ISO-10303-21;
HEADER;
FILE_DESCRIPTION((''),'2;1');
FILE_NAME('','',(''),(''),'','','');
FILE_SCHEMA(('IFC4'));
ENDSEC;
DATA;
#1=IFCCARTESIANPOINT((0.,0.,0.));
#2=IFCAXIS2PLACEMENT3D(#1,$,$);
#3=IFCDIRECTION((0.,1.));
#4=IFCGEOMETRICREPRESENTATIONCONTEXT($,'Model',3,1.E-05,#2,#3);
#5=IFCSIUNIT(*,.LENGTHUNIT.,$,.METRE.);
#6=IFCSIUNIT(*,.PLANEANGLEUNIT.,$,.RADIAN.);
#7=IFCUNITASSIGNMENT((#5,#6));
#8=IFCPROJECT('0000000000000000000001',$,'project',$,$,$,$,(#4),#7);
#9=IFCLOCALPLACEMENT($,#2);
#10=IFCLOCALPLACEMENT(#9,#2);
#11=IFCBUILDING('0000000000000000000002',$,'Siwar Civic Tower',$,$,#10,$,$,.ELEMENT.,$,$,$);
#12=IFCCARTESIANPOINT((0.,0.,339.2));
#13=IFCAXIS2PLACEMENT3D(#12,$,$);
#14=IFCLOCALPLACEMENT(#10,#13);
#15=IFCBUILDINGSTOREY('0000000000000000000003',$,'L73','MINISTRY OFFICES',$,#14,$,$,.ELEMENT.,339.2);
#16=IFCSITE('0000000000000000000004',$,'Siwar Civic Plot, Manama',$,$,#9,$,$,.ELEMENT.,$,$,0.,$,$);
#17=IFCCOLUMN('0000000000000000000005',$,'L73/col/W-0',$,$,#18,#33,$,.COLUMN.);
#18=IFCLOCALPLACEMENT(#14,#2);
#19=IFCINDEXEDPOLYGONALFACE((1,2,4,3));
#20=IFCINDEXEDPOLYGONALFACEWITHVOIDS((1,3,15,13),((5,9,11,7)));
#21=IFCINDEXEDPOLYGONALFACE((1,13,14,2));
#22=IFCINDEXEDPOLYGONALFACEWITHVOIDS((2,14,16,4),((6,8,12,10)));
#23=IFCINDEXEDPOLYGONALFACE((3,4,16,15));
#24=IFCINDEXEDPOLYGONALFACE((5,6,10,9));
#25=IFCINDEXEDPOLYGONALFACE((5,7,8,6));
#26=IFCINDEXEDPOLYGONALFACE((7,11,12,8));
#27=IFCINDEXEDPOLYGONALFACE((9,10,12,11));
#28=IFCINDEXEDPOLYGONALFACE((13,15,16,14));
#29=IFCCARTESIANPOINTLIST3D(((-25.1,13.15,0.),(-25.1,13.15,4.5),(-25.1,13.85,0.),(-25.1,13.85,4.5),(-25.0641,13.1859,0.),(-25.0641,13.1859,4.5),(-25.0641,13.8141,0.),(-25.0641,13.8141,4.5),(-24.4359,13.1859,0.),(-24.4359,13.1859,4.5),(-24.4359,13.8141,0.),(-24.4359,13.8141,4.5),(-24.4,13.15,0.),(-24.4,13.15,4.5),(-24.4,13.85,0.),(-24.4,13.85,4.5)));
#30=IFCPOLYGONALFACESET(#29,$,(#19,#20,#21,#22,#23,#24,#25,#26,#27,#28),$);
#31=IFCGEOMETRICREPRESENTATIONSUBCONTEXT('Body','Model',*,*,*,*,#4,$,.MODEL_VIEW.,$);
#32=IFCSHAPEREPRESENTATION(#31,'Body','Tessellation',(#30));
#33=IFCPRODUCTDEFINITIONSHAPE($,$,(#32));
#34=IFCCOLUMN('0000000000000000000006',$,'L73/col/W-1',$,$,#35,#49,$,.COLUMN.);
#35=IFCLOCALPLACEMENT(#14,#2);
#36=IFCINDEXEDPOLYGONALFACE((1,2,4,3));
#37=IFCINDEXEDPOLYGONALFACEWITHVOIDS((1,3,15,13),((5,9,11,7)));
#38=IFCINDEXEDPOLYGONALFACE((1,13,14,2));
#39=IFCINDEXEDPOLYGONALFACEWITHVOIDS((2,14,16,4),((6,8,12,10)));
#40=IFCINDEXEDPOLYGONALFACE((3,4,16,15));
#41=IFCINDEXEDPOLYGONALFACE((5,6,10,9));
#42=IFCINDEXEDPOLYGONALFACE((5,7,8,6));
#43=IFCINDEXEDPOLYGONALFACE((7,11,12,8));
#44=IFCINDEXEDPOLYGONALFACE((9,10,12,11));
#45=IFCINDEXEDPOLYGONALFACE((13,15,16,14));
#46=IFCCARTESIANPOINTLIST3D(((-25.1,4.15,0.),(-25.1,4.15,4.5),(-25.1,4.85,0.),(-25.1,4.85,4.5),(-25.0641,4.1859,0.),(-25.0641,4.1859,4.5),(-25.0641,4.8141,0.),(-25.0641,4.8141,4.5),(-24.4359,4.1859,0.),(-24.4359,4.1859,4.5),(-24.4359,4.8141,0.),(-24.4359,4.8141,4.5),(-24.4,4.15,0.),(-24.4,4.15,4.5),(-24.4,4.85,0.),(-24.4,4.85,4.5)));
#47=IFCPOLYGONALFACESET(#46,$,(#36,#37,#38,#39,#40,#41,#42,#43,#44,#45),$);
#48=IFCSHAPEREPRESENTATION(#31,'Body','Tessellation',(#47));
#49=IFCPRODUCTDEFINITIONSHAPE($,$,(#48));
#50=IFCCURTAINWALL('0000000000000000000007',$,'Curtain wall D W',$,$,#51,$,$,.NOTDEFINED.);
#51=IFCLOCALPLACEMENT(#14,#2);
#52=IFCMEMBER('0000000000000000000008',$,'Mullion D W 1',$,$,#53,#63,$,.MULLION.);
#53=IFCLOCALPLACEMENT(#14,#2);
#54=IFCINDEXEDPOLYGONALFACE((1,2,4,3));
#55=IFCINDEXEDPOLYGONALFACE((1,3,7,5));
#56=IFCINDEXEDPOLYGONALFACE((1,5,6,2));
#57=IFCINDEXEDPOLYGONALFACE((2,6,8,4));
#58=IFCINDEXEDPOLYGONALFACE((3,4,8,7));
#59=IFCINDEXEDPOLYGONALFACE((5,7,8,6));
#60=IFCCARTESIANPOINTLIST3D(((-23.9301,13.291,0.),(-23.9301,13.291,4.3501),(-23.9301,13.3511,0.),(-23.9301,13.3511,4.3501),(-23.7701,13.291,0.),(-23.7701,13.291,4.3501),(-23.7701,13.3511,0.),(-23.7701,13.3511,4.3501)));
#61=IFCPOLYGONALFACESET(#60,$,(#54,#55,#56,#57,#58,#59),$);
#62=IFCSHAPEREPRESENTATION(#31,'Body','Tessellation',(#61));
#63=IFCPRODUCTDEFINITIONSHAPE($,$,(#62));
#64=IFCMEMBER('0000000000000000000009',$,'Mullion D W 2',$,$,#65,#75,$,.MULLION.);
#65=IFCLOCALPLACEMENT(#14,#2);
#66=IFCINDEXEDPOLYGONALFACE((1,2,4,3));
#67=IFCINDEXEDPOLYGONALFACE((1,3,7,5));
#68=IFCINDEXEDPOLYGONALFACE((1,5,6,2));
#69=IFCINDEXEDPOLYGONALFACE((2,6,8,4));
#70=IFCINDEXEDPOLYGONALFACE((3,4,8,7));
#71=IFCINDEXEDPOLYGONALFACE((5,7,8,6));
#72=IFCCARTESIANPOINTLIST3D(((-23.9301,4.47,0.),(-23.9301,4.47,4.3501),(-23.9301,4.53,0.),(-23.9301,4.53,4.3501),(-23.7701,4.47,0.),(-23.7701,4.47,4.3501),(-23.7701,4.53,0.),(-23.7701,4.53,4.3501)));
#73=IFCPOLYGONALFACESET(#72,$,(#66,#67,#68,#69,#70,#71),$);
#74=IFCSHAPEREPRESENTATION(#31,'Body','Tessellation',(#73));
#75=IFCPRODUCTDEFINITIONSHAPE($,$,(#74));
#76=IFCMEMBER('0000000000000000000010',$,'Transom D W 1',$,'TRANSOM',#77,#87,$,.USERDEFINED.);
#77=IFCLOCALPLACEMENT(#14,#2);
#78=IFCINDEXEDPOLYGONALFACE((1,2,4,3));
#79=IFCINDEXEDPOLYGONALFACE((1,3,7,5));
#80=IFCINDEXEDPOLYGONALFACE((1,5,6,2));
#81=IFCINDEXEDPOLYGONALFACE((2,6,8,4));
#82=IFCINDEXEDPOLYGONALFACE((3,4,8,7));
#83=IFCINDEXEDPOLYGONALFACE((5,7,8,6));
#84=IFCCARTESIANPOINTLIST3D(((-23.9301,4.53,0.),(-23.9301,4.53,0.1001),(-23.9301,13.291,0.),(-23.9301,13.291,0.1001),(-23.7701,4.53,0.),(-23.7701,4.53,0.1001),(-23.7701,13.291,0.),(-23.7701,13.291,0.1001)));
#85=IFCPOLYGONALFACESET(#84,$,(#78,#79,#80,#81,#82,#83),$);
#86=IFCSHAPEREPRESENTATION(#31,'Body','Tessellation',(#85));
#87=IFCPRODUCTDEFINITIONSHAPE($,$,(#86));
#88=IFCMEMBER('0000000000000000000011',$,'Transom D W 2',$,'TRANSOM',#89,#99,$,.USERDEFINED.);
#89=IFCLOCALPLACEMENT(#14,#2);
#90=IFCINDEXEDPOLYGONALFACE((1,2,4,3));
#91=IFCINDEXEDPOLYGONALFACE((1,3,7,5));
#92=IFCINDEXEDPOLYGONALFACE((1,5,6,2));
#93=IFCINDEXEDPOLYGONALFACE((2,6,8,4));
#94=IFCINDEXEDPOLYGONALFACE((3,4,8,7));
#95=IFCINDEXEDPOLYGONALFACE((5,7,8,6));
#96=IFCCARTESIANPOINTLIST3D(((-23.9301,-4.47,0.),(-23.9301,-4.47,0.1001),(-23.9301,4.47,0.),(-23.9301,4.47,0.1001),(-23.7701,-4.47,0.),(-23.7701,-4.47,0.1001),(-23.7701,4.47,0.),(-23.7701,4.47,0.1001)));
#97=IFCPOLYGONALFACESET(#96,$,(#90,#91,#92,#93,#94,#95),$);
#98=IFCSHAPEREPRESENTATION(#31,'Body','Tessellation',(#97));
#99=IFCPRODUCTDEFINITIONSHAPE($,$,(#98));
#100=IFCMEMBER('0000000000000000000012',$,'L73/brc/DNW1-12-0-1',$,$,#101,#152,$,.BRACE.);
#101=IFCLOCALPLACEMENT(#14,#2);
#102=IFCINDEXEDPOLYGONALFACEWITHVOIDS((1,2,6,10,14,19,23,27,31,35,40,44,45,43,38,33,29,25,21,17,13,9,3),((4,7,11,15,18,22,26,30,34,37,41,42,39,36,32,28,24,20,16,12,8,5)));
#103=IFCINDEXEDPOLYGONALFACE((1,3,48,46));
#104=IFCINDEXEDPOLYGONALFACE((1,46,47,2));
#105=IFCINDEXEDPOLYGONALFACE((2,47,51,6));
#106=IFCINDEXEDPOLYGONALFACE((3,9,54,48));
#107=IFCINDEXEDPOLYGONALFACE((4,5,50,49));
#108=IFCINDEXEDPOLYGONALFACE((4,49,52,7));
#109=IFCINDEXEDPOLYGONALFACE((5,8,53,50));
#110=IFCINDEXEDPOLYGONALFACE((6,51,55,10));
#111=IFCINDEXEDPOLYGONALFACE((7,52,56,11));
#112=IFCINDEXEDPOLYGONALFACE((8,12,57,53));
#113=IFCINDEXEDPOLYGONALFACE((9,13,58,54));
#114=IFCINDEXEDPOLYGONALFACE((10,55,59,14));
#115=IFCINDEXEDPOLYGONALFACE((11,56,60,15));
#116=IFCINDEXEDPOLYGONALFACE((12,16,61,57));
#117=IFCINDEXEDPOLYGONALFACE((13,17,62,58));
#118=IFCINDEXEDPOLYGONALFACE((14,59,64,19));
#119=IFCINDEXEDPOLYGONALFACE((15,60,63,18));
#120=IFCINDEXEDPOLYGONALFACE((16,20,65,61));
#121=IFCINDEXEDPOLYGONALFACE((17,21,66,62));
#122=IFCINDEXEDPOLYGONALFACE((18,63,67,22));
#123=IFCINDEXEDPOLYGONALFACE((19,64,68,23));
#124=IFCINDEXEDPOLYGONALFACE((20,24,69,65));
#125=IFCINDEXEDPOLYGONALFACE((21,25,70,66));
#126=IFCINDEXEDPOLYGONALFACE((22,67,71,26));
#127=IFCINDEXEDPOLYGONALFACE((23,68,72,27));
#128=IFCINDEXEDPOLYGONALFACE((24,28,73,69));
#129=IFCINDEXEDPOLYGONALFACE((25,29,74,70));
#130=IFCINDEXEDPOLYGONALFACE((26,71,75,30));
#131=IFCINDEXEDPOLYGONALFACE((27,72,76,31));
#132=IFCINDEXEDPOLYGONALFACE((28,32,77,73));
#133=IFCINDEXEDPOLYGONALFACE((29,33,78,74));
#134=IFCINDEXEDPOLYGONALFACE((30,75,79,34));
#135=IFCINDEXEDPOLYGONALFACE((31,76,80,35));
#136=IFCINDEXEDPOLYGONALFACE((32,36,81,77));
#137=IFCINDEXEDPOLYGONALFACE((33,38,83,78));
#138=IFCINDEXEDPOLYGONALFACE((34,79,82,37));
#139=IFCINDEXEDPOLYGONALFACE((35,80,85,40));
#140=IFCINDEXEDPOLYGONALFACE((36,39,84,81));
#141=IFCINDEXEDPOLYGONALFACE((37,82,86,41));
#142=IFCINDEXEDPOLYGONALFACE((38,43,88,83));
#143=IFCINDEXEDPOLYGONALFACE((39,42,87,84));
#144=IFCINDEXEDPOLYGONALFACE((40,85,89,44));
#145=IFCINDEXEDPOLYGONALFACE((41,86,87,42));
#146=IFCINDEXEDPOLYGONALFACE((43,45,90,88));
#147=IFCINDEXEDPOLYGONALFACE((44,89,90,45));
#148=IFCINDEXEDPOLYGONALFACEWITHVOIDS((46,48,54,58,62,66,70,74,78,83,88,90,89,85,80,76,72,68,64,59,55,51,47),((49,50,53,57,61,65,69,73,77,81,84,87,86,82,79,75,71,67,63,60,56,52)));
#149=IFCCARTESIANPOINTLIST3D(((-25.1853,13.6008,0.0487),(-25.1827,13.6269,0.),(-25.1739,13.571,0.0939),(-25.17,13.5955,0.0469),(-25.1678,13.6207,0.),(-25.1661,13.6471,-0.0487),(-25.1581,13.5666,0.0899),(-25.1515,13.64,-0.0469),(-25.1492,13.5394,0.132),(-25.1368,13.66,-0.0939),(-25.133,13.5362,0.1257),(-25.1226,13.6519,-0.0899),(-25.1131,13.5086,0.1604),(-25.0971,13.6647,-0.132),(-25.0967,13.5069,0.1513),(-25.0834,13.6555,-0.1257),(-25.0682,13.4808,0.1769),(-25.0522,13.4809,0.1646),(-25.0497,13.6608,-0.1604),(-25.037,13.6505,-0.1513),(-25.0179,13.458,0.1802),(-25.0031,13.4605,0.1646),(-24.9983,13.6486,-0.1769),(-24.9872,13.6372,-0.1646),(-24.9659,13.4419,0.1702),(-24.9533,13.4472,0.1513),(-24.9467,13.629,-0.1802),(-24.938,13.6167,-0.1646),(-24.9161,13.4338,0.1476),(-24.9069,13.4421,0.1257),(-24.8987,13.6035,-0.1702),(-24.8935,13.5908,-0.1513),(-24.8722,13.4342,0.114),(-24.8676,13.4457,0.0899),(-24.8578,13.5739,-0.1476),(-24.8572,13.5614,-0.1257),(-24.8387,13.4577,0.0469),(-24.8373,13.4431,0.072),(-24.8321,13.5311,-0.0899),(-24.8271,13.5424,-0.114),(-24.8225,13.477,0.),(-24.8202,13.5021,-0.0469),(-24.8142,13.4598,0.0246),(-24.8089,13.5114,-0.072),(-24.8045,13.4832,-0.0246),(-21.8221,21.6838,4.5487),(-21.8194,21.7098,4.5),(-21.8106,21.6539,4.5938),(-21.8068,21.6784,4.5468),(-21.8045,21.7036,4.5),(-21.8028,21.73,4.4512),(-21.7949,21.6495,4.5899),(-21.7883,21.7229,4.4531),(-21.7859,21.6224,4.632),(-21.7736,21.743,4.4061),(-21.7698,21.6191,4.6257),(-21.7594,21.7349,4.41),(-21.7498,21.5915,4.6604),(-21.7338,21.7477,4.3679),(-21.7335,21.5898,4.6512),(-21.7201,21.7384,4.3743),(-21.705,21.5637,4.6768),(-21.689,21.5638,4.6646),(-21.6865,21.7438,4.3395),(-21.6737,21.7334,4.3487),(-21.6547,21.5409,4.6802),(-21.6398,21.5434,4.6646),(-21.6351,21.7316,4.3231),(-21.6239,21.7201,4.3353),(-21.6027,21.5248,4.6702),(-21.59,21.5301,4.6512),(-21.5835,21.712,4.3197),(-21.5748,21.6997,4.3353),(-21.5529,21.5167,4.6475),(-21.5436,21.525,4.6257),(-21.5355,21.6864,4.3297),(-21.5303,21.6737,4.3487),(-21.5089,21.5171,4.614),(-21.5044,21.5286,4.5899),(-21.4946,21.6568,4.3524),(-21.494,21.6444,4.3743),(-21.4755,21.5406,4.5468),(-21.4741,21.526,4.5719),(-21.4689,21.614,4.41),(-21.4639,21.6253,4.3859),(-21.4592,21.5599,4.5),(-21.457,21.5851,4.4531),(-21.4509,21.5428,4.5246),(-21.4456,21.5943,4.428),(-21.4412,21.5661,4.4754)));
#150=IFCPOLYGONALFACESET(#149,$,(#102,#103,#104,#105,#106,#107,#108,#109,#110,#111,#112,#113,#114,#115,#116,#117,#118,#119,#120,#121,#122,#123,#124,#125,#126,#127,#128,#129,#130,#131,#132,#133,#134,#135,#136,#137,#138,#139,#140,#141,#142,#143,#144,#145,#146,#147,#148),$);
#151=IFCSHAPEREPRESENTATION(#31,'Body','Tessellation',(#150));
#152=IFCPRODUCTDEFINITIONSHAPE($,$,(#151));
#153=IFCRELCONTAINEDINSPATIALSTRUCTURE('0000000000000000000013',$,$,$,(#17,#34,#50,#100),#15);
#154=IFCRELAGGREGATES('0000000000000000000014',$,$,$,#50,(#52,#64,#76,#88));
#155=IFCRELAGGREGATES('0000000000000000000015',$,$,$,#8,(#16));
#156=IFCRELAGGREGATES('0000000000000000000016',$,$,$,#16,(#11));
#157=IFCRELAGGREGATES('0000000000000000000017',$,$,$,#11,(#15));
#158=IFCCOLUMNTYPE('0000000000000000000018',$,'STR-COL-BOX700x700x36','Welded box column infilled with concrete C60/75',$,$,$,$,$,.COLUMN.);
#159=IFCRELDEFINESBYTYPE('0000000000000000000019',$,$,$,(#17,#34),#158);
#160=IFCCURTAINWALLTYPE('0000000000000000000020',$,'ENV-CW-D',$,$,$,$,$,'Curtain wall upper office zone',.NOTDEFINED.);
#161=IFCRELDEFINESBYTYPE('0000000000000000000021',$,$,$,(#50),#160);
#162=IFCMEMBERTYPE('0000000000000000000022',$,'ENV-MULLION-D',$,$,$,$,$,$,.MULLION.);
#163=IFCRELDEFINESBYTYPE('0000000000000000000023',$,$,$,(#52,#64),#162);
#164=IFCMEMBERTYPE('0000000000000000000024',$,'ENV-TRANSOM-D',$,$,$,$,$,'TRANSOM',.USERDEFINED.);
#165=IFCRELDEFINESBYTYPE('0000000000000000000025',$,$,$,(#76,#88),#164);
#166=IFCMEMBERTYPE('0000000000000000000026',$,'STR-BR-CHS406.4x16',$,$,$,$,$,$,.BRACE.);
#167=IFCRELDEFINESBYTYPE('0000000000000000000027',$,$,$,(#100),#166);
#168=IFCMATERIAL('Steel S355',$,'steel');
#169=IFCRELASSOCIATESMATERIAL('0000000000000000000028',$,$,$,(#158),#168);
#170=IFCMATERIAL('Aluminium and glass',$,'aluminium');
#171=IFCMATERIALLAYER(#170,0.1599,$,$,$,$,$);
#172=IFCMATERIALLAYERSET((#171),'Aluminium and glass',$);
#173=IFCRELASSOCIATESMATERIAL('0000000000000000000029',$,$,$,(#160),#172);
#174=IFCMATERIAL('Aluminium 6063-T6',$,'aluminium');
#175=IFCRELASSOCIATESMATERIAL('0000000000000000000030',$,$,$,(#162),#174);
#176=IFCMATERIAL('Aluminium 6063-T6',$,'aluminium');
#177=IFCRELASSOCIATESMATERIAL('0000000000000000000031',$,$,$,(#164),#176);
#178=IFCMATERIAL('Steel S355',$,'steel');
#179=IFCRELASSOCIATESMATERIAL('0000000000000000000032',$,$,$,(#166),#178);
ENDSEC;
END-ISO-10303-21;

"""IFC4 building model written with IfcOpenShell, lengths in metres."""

from ifc_helpers import new_model, si_unit, direction, frame, origin, origin_2d, place, context, subcontext, project, spatial, rectangle, hollow_rectangle, hollow_circle, extrude, material, layer, layer_set, material_profile, profile_set, type_object, element, aggregate, save


model = new_model("IFC4")

# Units and contexts
model_context = context("Model", 3, precision=1e-05, world=origin(), true_north=direction((0.0, 1.0)))
body_context = subcontext(model_context, "Body", "Model", "MODEL_VIEW")
ifc_project = project(units=[si_unit("LENGTHUNIT", "METRE"), si_unit("PLANEANGLEUNIT", "RADIAN")], contexts=[model_context])

# Site, building, storey
site_placement = place(None, origin())
site = spatial("IfcSite", under=ifc_project, at=site_placement, Name="Siwar Civic Plot, Manama", CompositionType="ELEMENT", RefElevation=0.0)
building_placement = place(site_placement, origin())
building = spatial("IfcBuilding", under=site, at=building_placement, Name="Siwar Civic Tower", CompositionType="ELEMENT")
storey_placement = place(building_placement, frame((0.0, 0.0, 339.2)))
storey = spatial("IfcBuildingStorey", under=building, at=storey_placement, Name="L73", Description="MINISTRY OFFICES", CompositionType="ELEMENT", Elevation=339.2)

# Columns
ifc_material_1 = material(Name="Steel S355", Category="steel")
ifc_material_profile_1 = material_profile(ifc_material_1, hollow_rectangle(XDim=0.7, YDim=0.7, WallThickness=0.0359, at=origin_2d()), Name="BOX700x700x36")
ifc_profile_set_1 = profile_set([ifc_material_profile_1], Name="Steel S355")
column_type = type_object("IfcColumnType", Name="STR-COL-BOX700x700x36", Description="Welded box column infilled with concrete C60/75", PredefinedType="COLUMN", material=ifc_profile_set_1)
for number, where, z_axis, x_axis, name in (
    (1, (-24.75, 13.5, 0.0), (0.0, 0.0, 1.0), (1.0, 0.0, 0.0), "L73/col/W-0"),
    (2, (-24.75, 4.5, 0.0), (0.0, 0.0, 1.0), (1.0, 0.0, 0.0), "L73/col/W-1"),
):
    element("IfcColumn", number, at=place(storey_placement, frame(where, z_axis=z_axis, x_axis=x_axis)), inside=storey, type_object=column_type, Name=name, PredefinedType="COLUMN", context=body_context, shape_type="SweptSolid", body=[
        extrude(hollow_rectangle(XDim=0.7, YDim=0.7, WallThickness=0.0359, at=origin_2d()), origin(), (0.0, 0.0, 1.0), 4.5),
    ])

# Curtain wall, members
ifc_material_2 = material(Name="Aluminium and glass", Category="aluminium")
ifc_layer_1 = layer(ifc_material_2, 0.1599)
ifc_layer_set_1 = layer_set([ifc_layer_1], Name="Aluminium and glass")
curtain_wall_type = type_object("IfcCurtainWallType", Name="ENV-CW-D", ElementType="Curtain wall upper office zone", PredefinedType="NOTDEFINED", material=ifc_layer_set_1)
curtain_wall_placement = place(storey_placement, origin())
curtain_wall = element("IfcCurtainWall", 3, at=curtain_wall_placement, inside=storey, type_object=curtain_wall_type, Name="Curtain wall D W", PredefinedType="NOTDEFINED")
ifc_material_3 = material(Name="Aluminium 6063-T6", Category="aluminium")
ifc_material_profile_2 = material_profile(ifc_material_3, rectangle(XDim=0.1599, YDim=0.0601, at=origin_2d()), Name="AL 160x60")
ifc_profile_set_2 = profile_set([ifc_material_profile_2], Name="Aluminium 6063-T6")
member_type_1 = type_object("IfcMemberType", Name="ENV-MULLION-D", PredefinedType="MULLION", material=ifc_profile_set_2)
member_1_placement = place(storey_placement, frame((-23.8501, 13.321, 0.0), z_axis=(0.0, 0.0, 1.0), x_axis=(1.0, 0.0, 0.0)))
member_1 = element("IfcMember", 4, at=member_1_placement, type_object=member_type_1, Name="Mullion D W 1", PredefinedType="MULLION", context=body_context, shape_type="SweptSolid", body=[
    extrude(rectangle(XDim=0.1599, YDim=0.0601, at=origin_2d()), origin(), (0.0, 0.0, 1.0), 4.3501),
])
member_2_placement = place(storey_placement, frame((-23.8501, 4.5, 0.0), z_axis=(0.0, 0.0, 1.0), x_axis=(1.0, 0.0, 0.0)))
member_2 = element("IfcMember", 5, at=member_2_placement, type_object=member_type_1, Name="Mullion D W 2", PredefinedType="MULLION", context=body_context, shape_type="SweptSolid", body=[
    extrude(rectangle(XDim=0.1599, YDim=0.0601, at=origin_2d()), origin(), (0.0, 0.0, 1.0), 4.3501),
])
ifc_material_4 = material(Name="Aluminium 6063-T6", Category="aluminium")
ifc_material_profile_3 = material_profile(ifc_material_4, rectangle(XDim=0.1599, YDim=0.1001, at=origin_2d()), Name="AL 160x100")
ifc_profile_set_3 = profile_set([ifc_material_profile_3], Name="Aluminium 6063-T6")
member_type_2 = type_object("IfcMemberType", Name="ENV-TRANSOM-D", ElementType="TRANSOM", PredefinedType="USERDEFINED", material=ifc_profile_set_3)
member_3_placement = place(storey_placement, frame((-23.8501, 13.291, 0.05), z_axis=(0.0, -1.0, 0.0), x_axis=(1.0, 0.0, 0.0)))
member_3 = element("IfcMember", 6, at=member_3_placement, type_object=member_type_2, Name="Transom D W 1", ObjectType="TRANSOM", PredefinedType="USERDEFINED", context=body_context, shape_type="SweptSolid", body=[
    extrude(rectangle(XDim=0.1599, YDim=0.1001, at=origin_2d()), origin(), (0.0, 0.0, 1.0), 8.761),
])
member_4_placement = place(storey_placement, frame((-23.8501, 4.47, 0.05), z_axis=(0.0, -1.0, 0.0), x_axis=(1.0, 0.0, 0.0)))
member_4 = element("IfcMember", 7, at=member_4_placement, type_object=member_type_2, Name="Transom D W 2", ObjectType="TRANSOM", PredefinedType="USERDEFINED", context=body_context, shape_type="SweptSolid", body=[
    extrude(rectangle(XDim=0.1599, YDim=0.1001, at=origin_2d()), origin(), (0.0, 0.0, 1.0), 8.9399),
])

# Member
ifc_material_5 = material(Name="Steel S355", Category="steel")
ifc_material_profile_4 = material_profile(ifc_material_5, hollow_circle(Radius=0.2031, WallThickness=0.0161, at=origin_2d()), Name="CHS406.4x16")
ifc_profile_set_4 = profile_set([ifc_material_profile_4], Name="Steel S355")
member_type_3 = type_object("IfcMemberType", Name="STR-BR-CHS406.4x16", PredefinedType="BRACE", material=ifc_profile_set_4)
member_5_placement = place(storey_placement, frame((-24.9951, 13.5488, 0.0), z_axis=(0.341671, 0.821143, 0.457149), x_axis=(-0.923265, 0.384164, 0.0)))
element("IfcMember", 8, at=member_5_placement, inside=storey, type_object=member_type_3, Name="L73/brc/DNW1-12-0-1", PredefinedType="BRACE", context=body_context, shape_type="SweptSolid", body=[
    extrude(hollow_circle(Radius=0.2031, WallThickness=0.0161, at=origin_2d()), origin(), (0.0, 0.0, 1.0), 9.8435),
])

aggregate(curtain_wall, [member_1, member_2, member_3, member_4])

save(model, "model.ifc")
